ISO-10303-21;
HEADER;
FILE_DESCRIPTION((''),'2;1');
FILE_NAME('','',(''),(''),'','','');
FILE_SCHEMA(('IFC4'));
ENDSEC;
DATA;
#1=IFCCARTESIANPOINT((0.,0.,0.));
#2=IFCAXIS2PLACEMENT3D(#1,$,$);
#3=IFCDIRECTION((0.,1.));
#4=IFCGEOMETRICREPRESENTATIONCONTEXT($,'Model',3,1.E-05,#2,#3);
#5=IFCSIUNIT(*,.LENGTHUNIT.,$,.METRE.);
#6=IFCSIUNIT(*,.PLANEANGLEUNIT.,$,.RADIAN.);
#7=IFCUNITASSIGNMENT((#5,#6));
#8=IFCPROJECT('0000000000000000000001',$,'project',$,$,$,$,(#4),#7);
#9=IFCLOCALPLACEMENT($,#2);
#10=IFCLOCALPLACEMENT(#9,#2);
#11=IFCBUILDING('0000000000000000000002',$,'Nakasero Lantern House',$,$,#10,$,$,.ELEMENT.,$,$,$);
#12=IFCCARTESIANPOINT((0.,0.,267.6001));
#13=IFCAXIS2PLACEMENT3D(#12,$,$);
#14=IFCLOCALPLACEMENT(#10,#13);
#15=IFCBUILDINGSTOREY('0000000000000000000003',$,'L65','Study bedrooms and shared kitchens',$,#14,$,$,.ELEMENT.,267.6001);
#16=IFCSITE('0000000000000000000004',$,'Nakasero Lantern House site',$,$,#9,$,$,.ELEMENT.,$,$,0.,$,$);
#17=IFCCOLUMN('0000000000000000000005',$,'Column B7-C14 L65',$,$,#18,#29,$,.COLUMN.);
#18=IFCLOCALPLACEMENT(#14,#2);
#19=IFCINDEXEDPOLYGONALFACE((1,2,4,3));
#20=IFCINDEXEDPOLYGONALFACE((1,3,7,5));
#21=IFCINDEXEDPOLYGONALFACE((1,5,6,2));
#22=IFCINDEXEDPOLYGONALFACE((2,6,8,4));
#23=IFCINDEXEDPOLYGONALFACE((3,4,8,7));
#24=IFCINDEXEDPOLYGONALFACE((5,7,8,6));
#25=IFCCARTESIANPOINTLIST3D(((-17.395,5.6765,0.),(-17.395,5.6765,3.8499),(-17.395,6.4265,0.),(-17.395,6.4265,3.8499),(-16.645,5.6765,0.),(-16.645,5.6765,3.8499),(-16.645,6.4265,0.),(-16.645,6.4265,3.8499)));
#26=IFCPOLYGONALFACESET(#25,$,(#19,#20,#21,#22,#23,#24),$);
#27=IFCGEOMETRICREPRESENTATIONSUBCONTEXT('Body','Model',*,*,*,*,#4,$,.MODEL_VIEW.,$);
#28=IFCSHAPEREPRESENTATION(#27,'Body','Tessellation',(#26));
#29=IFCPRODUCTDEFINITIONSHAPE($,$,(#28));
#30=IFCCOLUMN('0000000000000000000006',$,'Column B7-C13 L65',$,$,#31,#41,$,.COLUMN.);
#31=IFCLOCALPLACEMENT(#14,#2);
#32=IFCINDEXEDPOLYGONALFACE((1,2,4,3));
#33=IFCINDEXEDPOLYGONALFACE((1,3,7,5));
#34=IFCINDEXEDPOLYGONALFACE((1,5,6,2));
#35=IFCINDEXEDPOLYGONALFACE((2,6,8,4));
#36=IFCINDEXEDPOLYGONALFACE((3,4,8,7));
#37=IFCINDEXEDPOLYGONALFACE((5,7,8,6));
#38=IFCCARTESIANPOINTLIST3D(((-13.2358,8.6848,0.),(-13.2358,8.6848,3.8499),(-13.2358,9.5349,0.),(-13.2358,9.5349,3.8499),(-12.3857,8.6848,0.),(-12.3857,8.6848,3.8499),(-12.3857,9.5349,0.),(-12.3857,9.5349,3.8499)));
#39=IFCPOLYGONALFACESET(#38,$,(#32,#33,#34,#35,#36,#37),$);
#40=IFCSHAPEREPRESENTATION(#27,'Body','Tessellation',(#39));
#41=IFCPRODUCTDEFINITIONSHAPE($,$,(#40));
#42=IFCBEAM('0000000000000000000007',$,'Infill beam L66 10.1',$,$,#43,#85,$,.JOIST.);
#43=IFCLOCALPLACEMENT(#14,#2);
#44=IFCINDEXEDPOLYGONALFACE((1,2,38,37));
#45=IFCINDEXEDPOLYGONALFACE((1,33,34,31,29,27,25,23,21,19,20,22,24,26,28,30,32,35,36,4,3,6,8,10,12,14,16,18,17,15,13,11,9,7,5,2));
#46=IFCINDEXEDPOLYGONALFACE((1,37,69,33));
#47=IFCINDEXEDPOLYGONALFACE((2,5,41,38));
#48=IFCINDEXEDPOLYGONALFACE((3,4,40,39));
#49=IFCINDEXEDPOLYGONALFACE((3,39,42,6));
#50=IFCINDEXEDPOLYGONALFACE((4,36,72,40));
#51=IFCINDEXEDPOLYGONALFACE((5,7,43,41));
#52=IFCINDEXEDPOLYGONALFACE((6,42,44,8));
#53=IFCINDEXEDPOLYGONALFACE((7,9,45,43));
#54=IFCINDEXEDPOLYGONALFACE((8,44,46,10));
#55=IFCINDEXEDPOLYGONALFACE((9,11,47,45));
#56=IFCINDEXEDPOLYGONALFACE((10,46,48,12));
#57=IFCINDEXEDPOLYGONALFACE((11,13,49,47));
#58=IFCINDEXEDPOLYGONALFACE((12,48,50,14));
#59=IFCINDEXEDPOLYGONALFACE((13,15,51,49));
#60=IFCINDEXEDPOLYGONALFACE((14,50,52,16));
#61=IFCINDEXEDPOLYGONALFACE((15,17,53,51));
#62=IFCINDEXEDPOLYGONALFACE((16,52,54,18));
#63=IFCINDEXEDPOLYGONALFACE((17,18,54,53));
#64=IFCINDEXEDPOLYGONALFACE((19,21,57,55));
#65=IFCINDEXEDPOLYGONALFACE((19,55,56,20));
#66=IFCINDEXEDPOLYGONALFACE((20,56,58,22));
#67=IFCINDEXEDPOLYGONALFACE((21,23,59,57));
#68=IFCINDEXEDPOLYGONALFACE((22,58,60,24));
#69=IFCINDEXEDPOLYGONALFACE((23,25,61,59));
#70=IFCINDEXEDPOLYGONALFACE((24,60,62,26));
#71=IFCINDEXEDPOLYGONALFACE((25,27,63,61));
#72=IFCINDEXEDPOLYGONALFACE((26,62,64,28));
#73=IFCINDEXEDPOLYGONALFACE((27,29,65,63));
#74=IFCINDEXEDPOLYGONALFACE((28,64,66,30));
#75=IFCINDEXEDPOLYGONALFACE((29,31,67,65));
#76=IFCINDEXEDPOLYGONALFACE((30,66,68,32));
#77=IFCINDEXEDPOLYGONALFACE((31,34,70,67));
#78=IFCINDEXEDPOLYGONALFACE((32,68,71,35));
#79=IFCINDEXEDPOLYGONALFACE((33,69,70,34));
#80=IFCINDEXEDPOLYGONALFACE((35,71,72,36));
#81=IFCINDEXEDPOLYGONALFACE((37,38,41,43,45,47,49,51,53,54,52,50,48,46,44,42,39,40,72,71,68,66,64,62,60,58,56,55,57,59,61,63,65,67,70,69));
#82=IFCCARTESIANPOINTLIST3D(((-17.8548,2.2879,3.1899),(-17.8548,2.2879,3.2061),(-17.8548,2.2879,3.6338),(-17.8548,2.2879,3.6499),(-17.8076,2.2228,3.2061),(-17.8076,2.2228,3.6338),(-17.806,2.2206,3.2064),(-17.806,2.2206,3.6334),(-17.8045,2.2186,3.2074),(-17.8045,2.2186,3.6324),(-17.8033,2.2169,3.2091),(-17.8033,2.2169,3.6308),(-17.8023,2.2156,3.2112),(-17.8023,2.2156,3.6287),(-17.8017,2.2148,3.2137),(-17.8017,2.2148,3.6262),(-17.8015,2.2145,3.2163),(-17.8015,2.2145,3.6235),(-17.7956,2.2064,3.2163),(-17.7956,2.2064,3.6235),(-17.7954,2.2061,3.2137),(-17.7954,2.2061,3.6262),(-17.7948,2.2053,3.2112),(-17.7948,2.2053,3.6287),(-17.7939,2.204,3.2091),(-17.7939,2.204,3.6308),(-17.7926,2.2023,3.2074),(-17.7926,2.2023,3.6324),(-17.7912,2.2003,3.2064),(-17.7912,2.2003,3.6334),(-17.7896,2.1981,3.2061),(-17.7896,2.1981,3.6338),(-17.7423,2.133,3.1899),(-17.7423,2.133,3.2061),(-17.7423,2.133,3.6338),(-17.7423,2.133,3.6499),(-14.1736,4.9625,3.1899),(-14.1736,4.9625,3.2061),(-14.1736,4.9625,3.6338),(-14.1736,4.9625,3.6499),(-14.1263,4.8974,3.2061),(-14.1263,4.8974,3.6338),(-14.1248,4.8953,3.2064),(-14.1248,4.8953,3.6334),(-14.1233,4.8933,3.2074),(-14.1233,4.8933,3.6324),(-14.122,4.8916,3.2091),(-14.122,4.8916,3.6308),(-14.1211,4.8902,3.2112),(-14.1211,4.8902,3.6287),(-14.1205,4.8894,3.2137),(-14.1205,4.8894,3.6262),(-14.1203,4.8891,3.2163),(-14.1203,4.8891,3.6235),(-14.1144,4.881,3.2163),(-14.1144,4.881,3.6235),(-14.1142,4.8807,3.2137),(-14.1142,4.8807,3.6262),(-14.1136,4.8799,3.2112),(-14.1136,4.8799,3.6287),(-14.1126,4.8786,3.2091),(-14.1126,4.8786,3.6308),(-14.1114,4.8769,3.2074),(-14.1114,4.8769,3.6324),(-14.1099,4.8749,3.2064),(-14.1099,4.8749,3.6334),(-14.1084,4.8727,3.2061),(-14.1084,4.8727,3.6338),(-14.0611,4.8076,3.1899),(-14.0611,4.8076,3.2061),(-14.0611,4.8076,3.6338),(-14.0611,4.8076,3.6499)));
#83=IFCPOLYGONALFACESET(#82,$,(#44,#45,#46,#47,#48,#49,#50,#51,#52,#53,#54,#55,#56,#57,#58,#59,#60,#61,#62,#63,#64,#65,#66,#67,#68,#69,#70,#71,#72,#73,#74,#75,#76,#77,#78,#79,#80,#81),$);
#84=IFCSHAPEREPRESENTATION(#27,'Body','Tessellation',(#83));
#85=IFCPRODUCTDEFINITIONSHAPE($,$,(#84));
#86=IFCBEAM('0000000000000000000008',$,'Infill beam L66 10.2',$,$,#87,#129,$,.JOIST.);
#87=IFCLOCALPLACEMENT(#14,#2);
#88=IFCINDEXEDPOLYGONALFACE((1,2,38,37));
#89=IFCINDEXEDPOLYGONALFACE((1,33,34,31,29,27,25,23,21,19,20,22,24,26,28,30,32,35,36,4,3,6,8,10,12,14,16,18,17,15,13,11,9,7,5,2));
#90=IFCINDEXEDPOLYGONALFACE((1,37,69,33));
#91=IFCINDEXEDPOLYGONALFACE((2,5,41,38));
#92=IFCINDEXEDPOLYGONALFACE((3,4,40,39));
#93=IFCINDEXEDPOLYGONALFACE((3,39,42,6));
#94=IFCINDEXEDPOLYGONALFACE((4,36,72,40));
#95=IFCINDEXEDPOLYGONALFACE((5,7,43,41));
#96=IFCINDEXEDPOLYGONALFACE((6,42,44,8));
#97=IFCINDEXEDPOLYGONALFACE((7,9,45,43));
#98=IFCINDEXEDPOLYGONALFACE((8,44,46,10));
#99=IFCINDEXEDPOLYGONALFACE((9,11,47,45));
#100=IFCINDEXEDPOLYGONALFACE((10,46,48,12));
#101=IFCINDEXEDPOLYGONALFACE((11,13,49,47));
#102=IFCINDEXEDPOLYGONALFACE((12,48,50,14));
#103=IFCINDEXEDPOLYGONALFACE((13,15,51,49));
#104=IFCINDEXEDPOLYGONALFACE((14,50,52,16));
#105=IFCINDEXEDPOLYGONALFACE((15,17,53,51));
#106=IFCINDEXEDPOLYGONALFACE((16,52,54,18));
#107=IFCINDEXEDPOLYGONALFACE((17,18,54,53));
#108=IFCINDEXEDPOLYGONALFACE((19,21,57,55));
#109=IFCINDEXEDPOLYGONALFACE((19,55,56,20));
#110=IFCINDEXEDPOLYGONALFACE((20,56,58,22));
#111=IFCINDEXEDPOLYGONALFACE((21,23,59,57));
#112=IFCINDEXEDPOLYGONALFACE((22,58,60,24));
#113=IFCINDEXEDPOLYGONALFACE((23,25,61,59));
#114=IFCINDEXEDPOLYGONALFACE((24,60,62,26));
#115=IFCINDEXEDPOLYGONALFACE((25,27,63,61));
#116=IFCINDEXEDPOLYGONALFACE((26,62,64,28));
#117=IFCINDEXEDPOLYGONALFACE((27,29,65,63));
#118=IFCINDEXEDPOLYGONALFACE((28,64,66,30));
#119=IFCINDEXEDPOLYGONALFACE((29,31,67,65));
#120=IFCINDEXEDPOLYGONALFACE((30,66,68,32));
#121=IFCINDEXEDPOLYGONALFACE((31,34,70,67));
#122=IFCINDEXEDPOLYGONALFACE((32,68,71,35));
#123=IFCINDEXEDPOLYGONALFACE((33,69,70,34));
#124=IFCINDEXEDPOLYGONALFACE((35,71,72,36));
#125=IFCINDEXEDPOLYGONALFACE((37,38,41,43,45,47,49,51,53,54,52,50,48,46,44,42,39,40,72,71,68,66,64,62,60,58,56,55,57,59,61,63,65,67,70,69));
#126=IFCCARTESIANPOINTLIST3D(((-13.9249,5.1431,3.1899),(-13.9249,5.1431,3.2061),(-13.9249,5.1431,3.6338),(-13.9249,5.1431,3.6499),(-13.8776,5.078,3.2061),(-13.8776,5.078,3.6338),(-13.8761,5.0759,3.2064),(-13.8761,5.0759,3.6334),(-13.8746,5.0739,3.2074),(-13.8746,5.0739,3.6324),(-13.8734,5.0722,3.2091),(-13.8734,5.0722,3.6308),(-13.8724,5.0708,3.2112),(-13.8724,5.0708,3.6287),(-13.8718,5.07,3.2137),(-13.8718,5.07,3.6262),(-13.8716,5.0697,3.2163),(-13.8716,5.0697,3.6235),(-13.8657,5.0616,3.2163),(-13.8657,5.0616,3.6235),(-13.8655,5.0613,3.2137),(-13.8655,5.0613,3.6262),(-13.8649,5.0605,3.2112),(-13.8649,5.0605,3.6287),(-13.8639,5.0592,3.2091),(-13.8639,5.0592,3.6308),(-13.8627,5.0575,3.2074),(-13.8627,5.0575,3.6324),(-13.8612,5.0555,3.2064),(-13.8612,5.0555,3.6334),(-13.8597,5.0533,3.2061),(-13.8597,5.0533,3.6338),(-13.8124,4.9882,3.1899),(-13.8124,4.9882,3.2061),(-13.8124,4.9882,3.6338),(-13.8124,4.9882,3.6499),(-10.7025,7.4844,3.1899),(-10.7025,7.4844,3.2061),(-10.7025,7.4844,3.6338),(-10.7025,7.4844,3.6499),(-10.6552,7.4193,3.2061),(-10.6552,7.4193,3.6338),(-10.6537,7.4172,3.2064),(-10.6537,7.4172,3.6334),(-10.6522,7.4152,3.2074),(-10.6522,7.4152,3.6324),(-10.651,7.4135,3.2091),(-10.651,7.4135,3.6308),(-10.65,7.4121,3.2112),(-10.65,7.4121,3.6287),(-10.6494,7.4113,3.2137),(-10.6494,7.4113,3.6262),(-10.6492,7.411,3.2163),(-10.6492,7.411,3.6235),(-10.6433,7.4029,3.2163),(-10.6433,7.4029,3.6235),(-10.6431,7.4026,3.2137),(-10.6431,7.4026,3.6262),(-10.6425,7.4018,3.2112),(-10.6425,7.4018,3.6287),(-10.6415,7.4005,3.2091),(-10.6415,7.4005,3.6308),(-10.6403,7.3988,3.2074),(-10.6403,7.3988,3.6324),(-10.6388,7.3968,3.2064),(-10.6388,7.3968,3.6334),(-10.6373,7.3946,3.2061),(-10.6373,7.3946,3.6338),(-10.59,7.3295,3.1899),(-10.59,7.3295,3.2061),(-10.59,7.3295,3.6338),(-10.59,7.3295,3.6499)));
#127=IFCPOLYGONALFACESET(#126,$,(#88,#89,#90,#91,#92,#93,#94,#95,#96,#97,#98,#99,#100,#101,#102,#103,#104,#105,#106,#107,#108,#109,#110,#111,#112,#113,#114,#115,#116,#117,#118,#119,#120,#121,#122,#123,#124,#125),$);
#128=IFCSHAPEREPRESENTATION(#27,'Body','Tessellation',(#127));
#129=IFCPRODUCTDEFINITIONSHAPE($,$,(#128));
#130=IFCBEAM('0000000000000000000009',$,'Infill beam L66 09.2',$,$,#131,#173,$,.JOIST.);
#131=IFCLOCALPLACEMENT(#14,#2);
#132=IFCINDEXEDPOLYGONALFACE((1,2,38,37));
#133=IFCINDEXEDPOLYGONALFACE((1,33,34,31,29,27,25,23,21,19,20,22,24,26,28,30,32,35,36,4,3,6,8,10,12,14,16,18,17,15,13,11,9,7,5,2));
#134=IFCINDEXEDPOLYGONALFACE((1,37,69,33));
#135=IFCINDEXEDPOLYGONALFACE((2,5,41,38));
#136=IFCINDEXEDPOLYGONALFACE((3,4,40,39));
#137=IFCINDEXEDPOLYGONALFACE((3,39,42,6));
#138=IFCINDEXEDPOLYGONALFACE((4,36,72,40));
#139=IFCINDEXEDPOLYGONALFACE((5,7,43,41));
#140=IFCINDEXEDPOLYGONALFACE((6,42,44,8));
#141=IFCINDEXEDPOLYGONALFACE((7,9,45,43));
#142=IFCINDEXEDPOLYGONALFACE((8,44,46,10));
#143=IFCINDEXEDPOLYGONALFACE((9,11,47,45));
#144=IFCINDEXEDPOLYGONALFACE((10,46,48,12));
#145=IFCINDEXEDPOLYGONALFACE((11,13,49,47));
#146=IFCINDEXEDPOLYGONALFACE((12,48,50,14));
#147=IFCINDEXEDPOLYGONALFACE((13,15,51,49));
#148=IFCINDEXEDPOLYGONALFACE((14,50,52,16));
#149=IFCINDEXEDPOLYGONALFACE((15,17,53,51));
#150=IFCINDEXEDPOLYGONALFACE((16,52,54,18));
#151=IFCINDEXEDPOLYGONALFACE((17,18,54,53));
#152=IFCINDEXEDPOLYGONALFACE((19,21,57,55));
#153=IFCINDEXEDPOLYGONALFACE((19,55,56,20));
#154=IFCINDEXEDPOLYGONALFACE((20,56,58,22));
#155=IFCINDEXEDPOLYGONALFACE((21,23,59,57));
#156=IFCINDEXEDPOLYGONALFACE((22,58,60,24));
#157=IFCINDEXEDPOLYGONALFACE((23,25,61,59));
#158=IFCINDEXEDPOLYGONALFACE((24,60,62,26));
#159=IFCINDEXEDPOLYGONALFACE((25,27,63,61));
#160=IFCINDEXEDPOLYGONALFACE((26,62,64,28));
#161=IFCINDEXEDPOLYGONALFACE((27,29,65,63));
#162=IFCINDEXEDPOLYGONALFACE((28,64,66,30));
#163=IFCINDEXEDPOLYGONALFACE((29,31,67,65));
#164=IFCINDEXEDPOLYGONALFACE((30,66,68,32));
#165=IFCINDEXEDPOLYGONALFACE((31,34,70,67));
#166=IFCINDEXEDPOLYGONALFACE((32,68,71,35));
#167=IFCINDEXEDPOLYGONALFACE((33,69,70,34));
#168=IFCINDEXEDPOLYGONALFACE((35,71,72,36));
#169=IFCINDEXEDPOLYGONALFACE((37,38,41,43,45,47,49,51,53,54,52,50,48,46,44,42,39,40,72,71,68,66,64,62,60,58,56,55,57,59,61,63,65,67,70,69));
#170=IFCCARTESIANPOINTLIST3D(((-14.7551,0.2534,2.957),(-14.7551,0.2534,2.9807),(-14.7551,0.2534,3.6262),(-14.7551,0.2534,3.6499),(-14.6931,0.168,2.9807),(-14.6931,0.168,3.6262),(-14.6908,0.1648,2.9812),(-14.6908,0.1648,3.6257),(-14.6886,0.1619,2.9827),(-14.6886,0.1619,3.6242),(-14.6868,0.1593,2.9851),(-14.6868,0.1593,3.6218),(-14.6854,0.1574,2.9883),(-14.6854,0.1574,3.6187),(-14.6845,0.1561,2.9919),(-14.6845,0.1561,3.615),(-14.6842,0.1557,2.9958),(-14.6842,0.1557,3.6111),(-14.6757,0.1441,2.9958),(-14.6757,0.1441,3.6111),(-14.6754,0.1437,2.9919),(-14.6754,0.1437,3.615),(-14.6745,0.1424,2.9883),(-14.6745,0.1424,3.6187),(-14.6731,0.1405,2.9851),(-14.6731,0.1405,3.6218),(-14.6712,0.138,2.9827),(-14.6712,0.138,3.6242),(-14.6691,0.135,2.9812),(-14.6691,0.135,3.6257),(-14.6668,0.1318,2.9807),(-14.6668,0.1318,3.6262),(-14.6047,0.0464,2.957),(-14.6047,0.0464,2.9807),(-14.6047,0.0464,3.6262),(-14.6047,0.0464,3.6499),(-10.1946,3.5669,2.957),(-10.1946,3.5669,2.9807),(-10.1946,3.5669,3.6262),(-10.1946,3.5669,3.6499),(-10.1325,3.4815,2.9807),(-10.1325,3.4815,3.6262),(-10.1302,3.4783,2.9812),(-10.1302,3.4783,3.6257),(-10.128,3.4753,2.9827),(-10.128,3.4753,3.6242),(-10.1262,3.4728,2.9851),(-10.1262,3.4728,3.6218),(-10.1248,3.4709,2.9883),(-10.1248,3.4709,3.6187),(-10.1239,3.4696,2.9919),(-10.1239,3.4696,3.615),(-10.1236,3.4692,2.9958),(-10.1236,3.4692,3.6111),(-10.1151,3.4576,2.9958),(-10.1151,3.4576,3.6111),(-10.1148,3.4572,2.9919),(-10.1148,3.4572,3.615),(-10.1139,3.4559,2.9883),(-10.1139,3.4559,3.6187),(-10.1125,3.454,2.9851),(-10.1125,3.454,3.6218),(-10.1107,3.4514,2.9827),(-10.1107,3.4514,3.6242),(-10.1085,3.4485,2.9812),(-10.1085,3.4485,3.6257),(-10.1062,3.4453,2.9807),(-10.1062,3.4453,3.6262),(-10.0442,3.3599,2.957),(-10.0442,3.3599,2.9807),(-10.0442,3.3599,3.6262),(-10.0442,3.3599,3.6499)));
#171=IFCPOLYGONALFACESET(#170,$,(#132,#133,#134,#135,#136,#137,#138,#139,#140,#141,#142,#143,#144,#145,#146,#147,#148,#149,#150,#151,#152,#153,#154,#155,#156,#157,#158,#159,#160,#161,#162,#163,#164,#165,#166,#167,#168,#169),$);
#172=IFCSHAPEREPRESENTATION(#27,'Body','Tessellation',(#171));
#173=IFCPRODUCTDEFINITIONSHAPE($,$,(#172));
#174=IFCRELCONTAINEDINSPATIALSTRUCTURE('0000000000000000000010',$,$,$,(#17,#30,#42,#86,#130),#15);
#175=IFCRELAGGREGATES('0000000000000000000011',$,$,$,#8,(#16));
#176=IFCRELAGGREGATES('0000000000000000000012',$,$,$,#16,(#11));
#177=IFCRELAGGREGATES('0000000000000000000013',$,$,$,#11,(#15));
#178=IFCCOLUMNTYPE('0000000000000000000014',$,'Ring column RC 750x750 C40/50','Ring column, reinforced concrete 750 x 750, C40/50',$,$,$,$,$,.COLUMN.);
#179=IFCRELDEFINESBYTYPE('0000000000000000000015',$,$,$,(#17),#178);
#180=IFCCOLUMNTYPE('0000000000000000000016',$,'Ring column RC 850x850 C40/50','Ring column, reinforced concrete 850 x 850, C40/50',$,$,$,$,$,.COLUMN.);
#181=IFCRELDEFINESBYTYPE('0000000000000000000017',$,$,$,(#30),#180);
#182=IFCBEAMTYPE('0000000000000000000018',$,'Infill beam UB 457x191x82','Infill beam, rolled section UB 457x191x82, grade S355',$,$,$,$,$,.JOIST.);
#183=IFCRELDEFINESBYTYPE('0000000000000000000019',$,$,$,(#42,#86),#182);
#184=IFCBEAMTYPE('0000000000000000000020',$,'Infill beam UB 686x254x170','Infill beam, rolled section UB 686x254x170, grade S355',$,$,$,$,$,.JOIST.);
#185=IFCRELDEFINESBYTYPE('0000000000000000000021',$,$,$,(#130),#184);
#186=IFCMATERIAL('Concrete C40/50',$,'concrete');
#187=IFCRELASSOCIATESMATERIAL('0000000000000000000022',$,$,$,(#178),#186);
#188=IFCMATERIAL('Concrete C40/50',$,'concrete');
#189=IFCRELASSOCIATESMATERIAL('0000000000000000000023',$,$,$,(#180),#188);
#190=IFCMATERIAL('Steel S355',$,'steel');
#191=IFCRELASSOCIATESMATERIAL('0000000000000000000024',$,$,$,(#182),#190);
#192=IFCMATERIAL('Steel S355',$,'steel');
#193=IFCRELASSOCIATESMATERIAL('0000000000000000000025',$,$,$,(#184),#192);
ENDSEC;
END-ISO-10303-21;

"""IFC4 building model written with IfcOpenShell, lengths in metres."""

from ifc_helpers import new_model, si_unit, direction, frame, origin, origin_2d, place, context, subcontext, project, spatial, rectangle, i_section, extrude, material, material_profile, profile_set, type_object, element, save


model = new_model("IFC4")

# Units and contexts
model_context = context("Model", 3, precision=1e-05, world=origin(), true_north=direction((0.0, 1.0)))
body_context = subcontext(model_context, "Body", "Model", "MODEL_VIEW")
ifc_project = project(units=[si_unit("LENGTHUNIT", "METRE"), si_unit("PLANEANGLEUNIT", "RADIAN")], contexts=[model_context])

# Site, building, storey
site_placement = place(None, origin())
site = spatial("IfcSite", under=ifc_project, at=site_placement, Name="Nakasero Lantern House site", CompositionType="ELEMENT", RefElevation=0.0)
building_placement = place(site_placement, origin())
building = spatial("IfcBuilding", under=site, at=building_placement, Name="Nakasero Lantern House", CompositionType="ELEMENT")
storey_placement = place(building_placement, frame((0.0, 0.0, 267.6001)))
storey = spatial("IfcBuildingStorey", under=building, at=storey_placement, Name="L65", Description="Study bedrooms and shared kitchens", CompositionType="ELEMENT", Elevation=267.6001)

# Columns
ifc_material_1 = material(Name="Concrete C40/50", Category="concrete")
ifc_material_profile_1 = material_profile(ifc_material_1, rectangle(XDim=0.75, YDim=0.75, at=origin_2d()), Name="RC 750x750")
ifc_profile_set_1 = profile_set([ifc_material_profile_1], Name="Concrete C40/50")
column_type_1 = type_object("IfcColumnType", Name="Ring column RC 750x750 C40/50", Description="Ring column, reinforced concrete 750 x 750, C40/50", PredefinedType="COLUMN", material=ifc_profile_set_1)
column_1_placement = place(storey_placement, frame((-17.02, 6.0515, 0.0), z_axis=(0.0, 0.0, 1.0), x_axis=(1.0, 0.0, 0.0)))
element("IfcColumn", 1, at=column_1_placement, inside=storey, type_object=column_type_1, Name="Column B7-C14 L65", PredefinedType="COLUMN", context=body_context, shape_type="SweptSolid", body=[
    extrude(rectangle(XDim=0.75, YDim=0.75, at=origin_2d()), origin(), (0.0, 0.0, 1.0), 3.8499),
])
ifc_material_2 = material(Name="Concrete C40/50", Category="concrete")
ifc_material_profile_2 = material_profile(ifc_material_2, rectangle(XDim=0.8501, YDim=0.8501, at=origin_2d()), Name="RC 850x850")
ifc_profile_set_2 = profile_set([ifc_material_profile_2], Name="Concrete C40/50")
column_type_2 = type_object("IfcColumnType", Name="Ring column RC 850x850 C40/50", Description="Ring column, reinforced concrete 850 x 850, C40/50", PredefinedType="COLUMN", material=ifc_profile_set_2)
column_2_placement = place(storey_placement, frame((-12.8108, 9.1099, 0.0), z_axis=(0.0, 0.0, 1.0), x_axis=(1.0, 0.0, 0.0)))
element("IfcColumn", 2, at=column_2_placement, inside=storey, type_object=column_type_2, Name="Column B7-C13 L65", PredefinedType="COLUMN", context=body_context, shape_type="SweptSolid", body=[
    extrude(rectangle(XDim=0.8501, YDim=0.8501, at=origin_2d()), origin(), (0.0, 0.0, 1.0), 3.8499),
])

# Beams
ifc_material_3 = material(Name="Steel S355", Category="steel")
ifc_material_profile_3 = material_profile(ifc_material_3, i_section(OverallWidth=0.1914, OverallDepth=0.46, WebThickness=0.01, FlangeThickness=0.0161, FilletRadius=0.0103, at=origin_2d()), Name="UB 457x191x82")
ifc_profile_set_3 = profile_set([ifc_material_profile_3], Name="Steel S355")
beam_type_1 = type_object("IfcBeamType", Name="Infill beam UB 457x191x82", Description="Infill beam, rolled section UB 457x191x82, grade S355", PredefinedType="JOIST", material=ifc_profile_set_3)
beam_1_placement = place(storey_placement, frame((-17.7986, 2.2104, 3.4199), z_axis=(0.809012, 0.587792, 0.0), x_axis=(-0.587792, 0.809012, 0.0)))
element("IfcBeam", 3, at=beam_1_placement, inside=storey, type_object=beam_type_1, Name="Infill beam L66 10.1", PredefinedType="JOIST", context=body_context, shape_type="SweptSolid", body=[
    extrude(i_section(OverallWidth=0.1914, OverallDepth=0.46, WebThickness=0.01, FlangeThickness=0.0161, FilletRadius=0.0103, at=origin_2d()), origin(), (0.0, 0.0, 1.0), 4.5503),
])
beam_2_placement = place(storey_placement, frame((-13.8687, 5.0657, 3.4199), z_axis=(0.809006, 0.5878, 0.0), x_axis=(-0.5878, 0.809006, 0.0)))
element("IfcBeam", 4, at=beam_2_placement, inside=storey, type_object=beam_type_1, Name="Infill beam L66 10.2", PredefinedType="JOIST", context=body_context, shape_type="SweptSolid", body=[
    extrude(i_section(OverallWidth=0.1914, OverallDepth=0.46, WebThickness=0.01, FlangeThickness=0.0161, FilletRadius=0.0103, at=origin_2d()), origin(), (0.0, 0.0, 1.0), 3.9832),
])
ifc_material_4 = material(Name="Steel S355", Category="steel")
ifc_material_profile_4 = material_profile(ifc_material_4, i_section(OverallWidth=0.2559, OverallDepth=0.6929, WebThickness=0.0144, FlangeThickness=0.0237, FilletRadius=0.0151, at=origin_2d()), Name="UB 686x254x170")
ifc_profile_set_4 = profile_set([ifc_material_profile_4], Name="Steel S355")
beam_type_2 = type_object("IfcBeamType", Name="Infill beam UB 686x254x170", Description="Infill beam, rolled section UB 686x254x170, grade S355", PredefinedType="JOIST", material=ifc_profile_set_4)
beam_3_placement = place(storey_placement, frame((-14.6799, 0.1499, 3.3035), z_axis=(0.809013, 0.587791, 0.0), x_axis=(-0.587791, 0.809013, 0.0)))
element("IfcBeam", 5, at=beam_3_placement, inside=storey, type_object=beam_type_2, Name="Infill beam L66 09.2", PredefinedType="JOIST", context=body_context, shape_type="SweptSolid", body=[
    extrude(i_section(OverallWidth=0.2559, OverallDepth=0.6929, WebThickness=0.0144, FlangeThickness=0.0237, FilletRadius=0.0151, at=origin_2d()), origin(), (0.0, 0.0, 1.0), 5.6372),
])

save(model, "model.ifc")
